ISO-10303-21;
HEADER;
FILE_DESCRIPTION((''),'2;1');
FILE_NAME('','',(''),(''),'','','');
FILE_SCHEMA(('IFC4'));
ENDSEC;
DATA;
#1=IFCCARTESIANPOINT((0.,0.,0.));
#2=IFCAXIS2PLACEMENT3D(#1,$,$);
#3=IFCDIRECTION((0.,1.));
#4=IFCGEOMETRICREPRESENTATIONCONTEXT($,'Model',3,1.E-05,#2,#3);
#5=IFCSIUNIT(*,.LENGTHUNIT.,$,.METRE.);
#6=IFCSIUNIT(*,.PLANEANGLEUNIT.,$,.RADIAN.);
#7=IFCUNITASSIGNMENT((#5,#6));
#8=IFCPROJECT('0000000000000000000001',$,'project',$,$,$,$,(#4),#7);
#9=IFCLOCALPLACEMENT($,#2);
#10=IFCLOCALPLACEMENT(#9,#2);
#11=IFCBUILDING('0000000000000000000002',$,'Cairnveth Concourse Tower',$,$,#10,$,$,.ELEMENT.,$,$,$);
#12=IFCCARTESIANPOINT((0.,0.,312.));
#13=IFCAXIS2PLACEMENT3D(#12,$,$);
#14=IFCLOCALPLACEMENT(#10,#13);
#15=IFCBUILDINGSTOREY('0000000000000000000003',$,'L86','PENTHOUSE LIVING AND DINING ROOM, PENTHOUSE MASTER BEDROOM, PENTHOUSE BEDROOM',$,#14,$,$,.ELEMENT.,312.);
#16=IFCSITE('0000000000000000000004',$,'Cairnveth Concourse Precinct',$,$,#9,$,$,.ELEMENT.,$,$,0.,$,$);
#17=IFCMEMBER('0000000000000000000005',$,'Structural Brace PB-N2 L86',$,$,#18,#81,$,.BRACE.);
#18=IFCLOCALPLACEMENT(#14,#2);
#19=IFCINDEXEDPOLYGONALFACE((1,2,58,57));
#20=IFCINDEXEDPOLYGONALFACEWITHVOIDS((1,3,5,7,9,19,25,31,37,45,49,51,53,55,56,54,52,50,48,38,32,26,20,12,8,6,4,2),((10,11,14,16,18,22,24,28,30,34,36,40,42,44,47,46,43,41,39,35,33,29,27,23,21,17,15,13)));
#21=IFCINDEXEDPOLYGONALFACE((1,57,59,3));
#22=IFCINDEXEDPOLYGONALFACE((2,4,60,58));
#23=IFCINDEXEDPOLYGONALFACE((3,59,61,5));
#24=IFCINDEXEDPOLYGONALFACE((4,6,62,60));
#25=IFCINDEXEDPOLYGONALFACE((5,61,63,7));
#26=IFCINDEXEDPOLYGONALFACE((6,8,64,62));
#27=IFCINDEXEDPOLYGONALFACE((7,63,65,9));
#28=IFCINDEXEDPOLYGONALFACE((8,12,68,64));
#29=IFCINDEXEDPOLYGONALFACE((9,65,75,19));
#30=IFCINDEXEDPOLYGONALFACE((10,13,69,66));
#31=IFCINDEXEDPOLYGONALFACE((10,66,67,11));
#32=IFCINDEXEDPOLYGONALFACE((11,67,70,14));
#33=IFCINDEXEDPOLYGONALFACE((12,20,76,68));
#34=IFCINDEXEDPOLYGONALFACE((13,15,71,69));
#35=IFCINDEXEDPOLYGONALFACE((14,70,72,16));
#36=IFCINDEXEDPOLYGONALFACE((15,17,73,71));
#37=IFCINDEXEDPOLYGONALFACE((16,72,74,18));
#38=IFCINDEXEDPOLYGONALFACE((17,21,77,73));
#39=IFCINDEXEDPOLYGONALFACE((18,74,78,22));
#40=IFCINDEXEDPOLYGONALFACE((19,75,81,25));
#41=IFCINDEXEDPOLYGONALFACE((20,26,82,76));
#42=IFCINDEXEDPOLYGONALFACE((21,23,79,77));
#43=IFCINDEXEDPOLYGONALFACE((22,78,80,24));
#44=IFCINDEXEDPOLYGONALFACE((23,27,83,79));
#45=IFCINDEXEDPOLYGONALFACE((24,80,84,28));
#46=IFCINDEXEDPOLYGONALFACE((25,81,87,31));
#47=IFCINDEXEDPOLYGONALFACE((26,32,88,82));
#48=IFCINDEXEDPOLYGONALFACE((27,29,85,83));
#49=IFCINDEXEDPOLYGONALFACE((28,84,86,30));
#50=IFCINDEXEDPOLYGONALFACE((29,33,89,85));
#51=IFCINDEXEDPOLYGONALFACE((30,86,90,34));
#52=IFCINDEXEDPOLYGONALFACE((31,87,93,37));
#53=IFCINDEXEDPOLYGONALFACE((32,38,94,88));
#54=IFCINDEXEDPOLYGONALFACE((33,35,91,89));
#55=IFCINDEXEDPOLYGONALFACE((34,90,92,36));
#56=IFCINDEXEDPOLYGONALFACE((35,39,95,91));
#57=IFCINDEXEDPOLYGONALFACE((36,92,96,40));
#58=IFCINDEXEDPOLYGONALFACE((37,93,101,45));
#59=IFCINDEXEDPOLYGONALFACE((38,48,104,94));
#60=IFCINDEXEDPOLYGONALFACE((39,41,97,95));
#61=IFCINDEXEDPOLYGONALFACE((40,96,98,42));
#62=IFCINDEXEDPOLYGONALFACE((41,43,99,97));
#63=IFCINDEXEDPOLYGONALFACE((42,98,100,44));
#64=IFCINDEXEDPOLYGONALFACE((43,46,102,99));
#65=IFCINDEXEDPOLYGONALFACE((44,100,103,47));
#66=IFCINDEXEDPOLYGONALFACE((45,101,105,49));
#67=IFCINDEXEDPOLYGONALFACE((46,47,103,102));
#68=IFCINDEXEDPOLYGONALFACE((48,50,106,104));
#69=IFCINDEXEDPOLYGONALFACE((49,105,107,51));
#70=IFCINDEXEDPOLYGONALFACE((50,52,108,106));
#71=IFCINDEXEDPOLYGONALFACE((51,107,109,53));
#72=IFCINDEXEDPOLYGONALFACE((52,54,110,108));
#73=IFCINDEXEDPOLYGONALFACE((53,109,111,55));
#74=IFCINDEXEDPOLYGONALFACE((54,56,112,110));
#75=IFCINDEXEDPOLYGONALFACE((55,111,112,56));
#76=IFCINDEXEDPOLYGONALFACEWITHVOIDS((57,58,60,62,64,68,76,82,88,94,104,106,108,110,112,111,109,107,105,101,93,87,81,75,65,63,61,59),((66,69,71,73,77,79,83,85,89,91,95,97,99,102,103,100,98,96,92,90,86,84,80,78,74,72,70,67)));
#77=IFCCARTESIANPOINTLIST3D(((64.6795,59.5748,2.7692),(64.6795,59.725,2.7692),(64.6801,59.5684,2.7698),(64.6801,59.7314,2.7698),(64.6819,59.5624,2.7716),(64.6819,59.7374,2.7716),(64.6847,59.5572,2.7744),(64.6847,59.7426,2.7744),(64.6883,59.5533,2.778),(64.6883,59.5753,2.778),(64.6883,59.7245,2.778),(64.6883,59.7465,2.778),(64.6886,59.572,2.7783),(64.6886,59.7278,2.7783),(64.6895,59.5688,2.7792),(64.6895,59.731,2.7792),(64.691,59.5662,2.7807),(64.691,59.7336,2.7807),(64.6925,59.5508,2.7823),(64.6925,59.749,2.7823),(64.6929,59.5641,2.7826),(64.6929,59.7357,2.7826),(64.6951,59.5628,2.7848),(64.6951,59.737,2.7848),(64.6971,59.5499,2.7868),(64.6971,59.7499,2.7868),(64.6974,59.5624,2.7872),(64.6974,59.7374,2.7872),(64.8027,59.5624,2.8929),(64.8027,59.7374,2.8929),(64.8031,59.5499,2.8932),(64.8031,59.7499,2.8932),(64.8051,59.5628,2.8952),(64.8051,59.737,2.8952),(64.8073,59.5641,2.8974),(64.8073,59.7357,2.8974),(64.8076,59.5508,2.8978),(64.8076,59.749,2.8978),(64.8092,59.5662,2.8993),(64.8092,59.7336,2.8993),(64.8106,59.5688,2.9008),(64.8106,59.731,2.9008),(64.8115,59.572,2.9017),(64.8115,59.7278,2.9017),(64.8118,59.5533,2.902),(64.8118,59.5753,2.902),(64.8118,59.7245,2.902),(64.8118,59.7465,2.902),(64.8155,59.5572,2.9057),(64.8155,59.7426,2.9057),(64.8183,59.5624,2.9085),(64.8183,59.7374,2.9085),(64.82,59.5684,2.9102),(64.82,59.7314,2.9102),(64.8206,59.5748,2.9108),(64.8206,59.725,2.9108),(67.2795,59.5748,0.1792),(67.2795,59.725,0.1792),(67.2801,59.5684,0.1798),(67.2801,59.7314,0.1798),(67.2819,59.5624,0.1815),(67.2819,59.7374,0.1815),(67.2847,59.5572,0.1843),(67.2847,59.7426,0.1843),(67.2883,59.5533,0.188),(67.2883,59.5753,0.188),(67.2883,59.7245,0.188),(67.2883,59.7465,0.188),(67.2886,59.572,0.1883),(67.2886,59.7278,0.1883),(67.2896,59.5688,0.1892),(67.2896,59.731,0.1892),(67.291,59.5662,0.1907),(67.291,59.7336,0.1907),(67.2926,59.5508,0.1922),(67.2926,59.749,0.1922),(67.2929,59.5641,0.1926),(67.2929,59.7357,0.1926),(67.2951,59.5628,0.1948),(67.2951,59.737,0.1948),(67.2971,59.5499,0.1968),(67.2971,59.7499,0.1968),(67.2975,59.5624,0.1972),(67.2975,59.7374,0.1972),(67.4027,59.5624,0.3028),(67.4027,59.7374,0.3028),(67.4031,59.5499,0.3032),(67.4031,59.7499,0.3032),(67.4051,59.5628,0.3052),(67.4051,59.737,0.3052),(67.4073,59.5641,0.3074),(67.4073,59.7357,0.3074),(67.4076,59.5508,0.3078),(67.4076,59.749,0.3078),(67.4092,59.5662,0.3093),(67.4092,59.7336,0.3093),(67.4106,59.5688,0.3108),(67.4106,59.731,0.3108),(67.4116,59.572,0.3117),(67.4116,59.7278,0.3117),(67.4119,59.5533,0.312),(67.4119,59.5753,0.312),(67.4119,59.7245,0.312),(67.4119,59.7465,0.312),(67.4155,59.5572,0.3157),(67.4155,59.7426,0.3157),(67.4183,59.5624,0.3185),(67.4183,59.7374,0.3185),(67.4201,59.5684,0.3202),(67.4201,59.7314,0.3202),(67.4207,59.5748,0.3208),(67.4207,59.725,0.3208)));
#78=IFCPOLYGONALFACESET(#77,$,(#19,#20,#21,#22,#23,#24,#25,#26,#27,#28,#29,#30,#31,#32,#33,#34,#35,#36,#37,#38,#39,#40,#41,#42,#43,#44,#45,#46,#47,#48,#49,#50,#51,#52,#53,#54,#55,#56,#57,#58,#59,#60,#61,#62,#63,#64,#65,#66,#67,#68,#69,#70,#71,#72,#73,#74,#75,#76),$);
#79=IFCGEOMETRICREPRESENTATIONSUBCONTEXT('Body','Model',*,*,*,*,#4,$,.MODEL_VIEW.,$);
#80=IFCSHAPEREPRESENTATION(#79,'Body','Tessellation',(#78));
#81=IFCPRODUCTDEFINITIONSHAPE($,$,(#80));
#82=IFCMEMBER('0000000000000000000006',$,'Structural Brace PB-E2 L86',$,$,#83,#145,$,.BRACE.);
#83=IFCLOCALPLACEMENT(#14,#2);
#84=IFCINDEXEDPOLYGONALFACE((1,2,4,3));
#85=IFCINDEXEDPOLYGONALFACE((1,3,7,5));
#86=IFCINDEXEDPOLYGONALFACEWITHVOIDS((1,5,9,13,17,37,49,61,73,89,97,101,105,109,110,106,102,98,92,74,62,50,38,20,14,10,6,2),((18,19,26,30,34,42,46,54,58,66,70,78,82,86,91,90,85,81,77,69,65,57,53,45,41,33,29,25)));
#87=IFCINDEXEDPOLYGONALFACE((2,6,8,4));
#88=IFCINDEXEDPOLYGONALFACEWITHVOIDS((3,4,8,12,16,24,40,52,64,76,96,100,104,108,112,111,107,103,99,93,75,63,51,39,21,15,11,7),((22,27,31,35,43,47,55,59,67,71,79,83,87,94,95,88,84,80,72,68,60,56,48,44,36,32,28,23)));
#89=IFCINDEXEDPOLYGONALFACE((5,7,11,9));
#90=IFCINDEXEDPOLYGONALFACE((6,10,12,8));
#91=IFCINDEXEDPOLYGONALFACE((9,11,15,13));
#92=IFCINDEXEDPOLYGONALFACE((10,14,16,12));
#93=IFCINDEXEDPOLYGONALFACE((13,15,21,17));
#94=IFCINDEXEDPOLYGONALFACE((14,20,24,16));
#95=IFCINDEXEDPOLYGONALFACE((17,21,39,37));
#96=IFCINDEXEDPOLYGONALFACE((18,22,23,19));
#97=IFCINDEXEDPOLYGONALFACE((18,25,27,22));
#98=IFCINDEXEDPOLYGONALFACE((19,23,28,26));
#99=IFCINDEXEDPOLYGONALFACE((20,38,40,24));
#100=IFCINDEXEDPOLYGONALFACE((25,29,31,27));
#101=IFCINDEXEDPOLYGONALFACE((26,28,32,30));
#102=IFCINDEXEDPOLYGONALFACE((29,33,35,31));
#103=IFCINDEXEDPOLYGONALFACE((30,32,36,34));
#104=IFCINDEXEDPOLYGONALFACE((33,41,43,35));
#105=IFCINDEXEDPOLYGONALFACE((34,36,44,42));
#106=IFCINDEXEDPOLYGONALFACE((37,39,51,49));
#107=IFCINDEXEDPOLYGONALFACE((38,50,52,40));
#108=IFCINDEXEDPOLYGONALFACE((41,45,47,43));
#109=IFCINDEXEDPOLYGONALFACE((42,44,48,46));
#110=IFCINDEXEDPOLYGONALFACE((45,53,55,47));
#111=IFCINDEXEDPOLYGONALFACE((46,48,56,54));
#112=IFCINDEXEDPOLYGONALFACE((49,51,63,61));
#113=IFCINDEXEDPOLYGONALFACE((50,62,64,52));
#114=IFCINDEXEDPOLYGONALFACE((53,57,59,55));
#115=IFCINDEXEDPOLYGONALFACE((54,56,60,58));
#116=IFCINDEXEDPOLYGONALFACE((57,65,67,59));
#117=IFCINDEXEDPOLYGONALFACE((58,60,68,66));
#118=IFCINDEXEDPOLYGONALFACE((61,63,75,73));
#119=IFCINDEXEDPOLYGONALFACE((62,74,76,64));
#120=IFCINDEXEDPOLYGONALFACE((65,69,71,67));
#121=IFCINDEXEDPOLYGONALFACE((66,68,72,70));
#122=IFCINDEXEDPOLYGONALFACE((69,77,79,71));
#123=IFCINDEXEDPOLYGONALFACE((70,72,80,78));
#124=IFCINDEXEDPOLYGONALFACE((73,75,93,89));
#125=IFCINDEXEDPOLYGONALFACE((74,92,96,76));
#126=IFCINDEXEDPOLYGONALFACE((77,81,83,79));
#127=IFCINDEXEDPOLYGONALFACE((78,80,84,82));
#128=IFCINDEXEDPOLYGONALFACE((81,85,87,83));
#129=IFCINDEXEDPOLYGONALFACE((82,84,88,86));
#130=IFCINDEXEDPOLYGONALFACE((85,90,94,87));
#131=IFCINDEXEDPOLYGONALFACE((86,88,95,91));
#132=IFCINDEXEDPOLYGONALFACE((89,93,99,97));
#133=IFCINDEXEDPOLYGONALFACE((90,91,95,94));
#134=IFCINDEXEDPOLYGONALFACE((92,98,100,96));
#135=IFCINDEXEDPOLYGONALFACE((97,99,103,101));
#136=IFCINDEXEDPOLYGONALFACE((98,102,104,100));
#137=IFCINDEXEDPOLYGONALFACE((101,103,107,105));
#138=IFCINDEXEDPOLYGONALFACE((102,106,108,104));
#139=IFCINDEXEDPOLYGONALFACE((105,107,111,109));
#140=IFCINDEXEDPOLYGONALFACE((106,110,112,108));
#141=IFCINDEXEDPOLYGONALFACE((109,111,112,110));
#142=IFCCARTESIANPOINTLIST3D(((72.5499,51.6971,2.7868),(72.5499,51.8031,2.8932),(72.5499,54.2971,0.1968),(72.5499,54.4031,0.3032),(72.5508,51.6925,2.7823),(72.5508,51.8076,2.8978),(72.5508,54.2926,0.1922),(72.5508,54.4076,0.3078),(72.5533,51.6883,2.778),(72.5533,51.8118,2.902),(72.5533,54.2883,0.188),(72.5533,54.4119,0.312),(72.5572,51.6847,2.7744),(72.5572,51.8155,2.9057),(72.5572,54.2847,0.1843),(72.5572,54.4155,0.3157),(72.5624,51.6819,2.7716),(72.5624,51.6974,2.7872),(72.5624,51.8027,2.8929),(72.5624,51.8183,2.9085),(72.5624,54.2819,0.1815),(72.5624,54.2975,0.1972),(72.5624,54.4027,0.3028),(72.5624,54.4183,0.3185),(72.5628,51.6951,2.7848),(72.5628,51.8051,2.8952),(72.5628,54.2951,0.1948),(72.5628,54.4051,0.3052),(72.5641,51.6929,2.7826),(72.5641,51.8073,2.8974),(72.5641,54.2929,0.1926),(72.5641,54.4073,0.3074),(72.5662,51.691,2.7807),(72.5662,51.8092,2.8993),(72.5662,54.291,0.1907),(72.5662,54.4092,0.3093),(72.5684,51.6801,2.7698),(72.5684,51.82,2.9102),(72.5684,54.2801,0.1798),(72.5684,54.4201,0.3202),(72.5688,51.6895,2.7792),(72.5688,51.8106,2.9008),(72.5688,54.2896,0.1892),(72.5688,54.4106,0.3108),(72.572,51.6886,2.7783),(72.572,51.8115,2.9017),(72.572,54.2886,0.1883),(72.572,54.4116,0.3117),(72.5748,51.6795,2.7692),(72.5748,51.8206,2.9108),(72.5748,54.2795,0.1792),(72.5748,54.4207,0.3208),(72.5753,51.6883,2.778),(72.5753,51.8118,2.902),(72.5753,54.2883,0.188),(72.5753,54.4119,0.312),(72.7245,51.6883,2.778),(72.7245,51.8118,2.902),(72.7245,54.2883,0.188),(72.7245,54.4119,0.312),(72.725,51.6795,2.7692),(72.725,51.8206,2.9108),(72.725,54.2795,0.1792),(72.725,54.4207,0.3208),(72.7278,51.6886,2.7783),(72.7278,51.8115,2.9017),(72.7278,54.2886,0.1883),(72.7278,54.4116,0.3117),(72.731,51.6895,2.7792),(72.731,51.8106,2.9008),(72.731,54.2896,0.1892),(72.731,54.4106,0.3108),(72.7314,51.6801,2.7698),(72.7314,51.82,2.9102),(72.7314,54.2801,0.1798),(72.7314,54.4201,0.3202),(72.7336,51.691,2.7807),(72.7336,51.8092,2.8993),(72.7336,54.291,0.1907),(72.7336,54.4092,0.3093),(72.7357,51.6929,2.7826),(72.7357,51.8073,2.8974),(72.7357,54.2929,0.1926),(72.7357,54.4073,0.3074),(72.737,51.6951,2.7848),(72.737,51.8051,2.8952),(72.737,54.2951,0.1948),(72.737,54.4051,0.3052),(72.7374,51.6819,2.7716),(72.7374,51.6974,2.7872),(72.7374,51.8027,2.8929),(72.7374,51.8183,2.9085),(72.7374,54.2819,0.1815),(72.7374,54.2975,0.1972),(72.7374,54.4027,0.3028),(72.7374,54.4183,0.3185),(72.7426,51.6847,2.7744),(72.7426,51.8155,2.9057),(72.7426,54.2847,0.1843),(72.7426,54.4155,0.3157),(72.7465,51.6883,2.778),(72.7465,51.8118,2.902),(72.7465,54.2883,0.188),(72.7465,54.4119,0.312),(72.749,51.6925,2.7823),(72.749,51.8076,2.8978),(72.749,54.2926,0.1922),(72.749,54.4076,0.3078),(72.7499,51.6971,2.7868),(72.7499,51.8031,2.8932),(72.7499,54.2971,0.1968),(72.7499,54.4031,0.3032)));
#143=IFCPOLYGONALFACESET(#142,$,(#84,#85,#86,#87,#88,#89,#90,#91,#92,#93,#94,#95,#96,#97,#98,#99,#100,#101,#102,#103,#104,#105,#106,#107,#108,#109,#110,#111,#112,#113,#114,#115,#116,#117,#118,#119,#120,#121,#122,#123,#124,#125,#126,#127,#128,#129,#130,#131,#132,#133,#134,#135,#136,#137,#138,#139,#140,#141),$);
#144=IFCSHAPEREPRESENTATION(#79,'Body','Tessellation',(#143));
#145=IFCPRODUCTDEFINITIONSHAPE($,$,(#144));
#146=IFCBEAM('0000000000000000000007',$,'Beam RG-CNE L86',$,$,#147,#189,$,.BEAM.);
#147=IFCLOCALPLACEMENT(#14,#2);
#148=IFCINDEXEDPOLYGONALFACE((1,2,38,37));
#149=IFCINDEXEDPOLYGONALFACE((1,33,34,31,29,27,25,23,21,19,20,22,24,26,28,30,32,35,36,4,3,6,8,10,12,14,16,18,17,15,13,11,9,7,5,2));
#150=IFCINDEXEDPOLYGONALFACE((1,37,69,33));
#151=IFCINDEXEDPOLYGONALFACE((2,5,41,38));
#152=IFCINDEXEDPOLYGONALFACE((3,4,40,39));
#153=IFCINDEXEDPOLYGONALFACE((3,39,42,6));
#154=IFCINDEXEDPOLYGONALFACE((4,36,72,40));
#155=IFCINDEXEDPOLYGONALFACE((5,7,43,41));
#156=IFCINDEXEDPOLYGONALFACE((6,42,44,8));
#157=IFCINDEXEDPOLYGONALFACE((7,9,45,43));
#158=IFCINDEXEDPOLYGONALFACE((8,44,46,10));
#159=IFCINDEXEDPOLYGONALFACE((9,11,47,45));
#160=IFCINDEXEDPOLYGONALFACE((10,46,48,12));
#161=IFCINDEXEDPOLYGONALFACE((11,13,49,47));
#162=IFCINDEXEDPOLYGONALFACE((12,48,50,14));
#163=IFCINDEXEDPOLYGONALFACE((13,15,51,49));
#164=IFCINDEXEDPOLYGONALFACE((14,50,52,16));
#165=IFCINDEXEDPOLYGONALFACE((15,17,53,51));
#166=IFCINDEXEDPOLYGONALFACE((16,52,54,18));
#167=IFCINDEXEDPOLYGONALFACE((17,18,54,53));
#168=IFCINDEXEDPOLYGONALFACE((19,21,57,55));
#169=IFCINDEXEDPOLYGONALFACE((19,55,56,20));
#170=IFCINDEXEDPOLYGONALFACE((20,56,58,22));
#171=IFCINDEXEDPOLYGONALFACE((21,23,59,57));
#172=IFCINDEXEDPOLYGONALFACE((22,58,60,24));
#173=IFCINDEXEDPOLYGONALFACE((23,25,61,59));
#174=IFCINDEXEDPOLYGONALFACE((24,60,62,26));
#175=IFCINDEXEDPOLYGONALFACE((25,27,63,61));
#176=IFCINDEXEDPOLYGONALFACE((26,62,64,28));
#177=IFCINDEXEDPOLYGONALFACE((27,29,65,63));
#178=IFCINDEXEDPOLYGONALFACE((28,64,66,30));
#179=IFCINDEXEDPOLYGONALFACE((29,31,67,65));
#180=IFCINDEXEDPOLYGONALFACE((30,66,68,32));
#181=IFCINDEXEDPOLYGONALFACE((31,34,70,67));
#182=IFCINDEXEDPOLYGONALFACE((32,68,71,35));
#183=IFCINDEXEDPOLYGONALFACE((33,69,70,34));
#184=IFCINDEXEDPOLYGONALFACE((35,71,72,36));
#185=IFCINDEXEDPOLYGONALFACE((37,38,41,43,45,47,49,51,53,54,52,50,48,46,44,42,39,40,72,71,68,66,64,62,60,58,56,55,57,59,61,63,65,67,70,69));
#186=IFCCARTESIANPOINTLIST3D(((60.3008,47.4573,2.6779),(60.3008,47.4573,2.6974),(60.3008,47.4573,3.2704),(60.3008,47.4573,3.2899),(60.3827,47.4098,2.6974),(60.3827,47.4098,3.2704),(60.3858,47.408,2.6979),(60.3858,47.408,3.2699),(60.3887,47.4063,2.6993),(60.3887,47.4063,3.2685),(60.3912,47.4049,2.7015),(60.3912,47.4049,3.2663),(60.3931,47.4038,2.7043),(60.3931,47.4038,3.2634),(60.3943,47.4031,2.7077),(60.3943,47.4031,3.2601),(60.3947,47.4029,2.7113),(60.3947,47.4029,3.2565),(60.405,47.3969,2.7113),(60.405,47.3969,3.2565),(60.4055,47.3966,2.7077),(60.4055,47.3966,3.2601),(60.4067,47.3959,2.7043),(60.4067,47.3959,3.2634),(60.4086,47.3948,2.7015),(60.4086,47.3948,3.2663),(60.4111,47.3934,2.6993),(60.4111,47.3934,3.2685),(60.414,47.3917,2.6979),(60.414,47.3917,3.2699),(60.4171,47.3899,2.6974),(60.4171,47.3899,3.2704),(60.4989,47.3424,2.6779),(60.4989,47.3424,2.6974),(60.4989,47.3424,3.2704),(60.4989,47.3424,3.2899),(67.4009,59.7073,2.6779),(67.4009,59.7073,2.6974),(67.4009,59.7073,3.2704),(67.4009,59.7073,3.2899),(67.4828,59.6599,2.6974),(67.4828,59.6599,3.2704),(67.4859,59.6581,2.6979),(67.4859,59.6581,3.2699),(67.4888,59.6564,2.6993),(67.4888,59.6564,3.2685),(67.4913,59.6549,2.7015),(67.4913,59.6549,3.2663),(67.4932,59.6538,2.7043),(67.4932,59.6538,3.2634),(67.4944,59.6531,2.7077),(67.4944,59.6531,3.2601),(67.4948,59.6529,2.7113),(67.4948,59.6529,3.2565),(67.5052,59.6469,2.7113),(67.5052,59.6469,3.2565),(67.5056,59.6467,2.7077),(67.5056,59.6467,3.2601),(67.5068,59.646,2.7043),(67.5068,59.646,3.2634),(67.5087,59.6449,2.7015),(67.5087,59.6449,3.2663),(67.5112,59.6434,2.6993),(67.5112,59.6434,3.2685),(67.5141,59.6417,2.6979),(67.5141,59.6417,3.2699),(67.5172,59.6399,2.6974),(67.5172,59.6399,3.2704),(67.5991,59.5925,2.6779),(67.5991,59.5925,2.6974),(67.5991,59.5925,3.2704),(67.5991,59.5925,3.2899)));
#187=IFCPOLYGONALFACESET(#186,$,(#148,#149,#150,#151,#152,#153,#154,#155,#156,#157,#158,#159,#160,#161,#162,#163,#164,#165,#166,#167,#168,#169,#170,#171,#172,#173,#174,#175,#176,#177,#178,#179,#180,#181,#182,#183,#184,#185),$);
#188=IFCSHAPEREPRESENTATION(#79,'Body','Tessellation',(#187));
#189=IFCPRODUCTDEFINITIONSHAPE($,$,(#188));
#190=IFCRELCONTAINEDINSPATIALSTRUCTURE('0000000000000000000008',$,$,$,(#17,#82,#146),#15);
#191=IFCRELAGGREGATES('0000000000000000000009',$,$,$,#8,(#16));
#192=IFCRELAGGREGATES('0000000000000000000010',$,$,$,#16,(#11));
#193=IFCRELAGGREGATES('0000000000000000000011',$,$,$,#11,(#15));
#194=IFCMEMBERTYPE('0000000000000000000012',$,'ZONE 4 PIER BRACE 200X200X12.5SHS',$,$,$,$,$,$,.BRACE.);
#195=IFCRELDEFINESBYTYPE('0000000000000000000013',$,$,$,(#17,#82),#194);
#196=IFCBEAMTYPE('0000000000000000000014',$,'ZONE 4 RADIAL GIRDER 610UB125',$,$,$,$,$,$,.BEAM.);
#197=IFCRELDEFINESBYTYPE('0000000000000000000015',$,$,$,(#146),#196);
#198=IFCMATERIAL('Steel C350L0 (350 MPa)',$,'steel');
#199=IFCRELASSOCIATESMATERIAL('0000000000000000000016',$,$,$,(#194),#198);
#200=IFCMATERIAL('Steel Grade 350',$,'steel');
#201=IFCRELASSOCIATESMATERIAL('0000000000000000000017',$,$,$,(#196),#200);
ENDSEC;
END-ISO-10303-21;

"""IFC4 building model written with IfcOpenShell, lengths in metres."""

from ifc_helpers import new_model, si_unit, direction, frame, origin, origin_2d, place, context, subcontext, project, spatial, hollow_rectangle, i_section, extrude, material, material_profile, profile_set, type_object, element, save


model = new_model("IFC4")

# Units and contexts
model_context = context("Model", 3, precision=1e-05, world=origin(), true_north=direction((0.0, 1.0)))
body_context = subcontext(model_context, "Body", "Model", "MODEL_VIEW")
ifc_project = project(units=[si_unit("LENGTHUNIT", "METRE"), si_unit("PLANEANGLEUNIT", "RADIAN")], contexts=[model_context])

# Site, building, storey
site_placement = place(None, origin())
site = spatial("IfcSite", under=ifc_project, at=site_placement, Name="Cairnveth Concourse Precinct", CompositionType="ELEMENT", RefElevation=0.0)
building_placement = place(site_placement, origin())
building = spatial("IfcBuilding", under=site, at=building_placement, Name="Cairnveth Concourse Tower", CompositionType="ELEMENT")
storey_placement = place(building_placement, frame((0.0, 0.0, 312.0)))
storey = spatial("IfcBuildingStorey", under=building, at=storey_placement, Name="L86", Description="PENTHOUSE LIVING AND DINING ROOM, PENTHOUSE MASTER BEDROOM, PENTHOUSE BEDROOM", CompositionType="ELEMENT", Elevation=312.0)

# Shared definitions
ifc_material_1 = material(Name="Steel Grade 350", Category="steel")

# Members
ifc_material_2 = material(Name="Steel C350L0 (350 MPa)", Category="steel")
ifc_material_profile_1 = material_profile(ifc_material_2, hollow_rectangle(XDim=0.2, YDim=0.2, WallThickness=0.0125, InnerFilletRadius=0.0129, OuterFilletRadius=0.0249, at=origin_2d()), Name="200x200x12.5SHS")
ifc_profile_set_1 = profile_set([ifc_material_profile_1], Name="Steel C350L0 (350 MPa)")
member_type = type_object("IfcMemberType", Name="ZONE 4 PIER BRACE 200X200X12.5SHS", PredefinedType="BRACE", material=ifc_profile_set_1)
for number, where, z_axis, x_axis, name in (
    (1, (67.3501, 59.6499, 0.25), (-0.708469, 0.0, 0.705742), (0.0, -1.0, 0.0), "Structural Brace PB-N2 L86"),
    (2, (72.6499, 54.3501, 0.25), (0.0, -0.708469, 0.705742), (1.0, 0.0, 0.0), "Structural Brace PB-E2 L86"),
):
    element("IfcMember", number, at=place(storey_placement, frame(where, z_axis=z_axis, x_axis=x_axis)), inside=storey, type_object=member_type, Name=name, PredefinedType="BRACE", context=body_context, shape_type="SweptSolid", body=[
        extrude(hollow_rectangle(XDim=0.2, YDim=0.2, WallThickness=0.0125, InnerFilletRadius=0.0129, OuterFilletRadius=0.0249, at=origin_2d()), origin(), (0.0, 0.0, 1.0), 3.6699),
    ])

# Beam
ifc_material_profile_2 = material_profile(ifc_material_1, i_section(OverallWidth=0.229, OverallDepth=0.6121, WebThickness=0.012, FlangeThickness=0.0195, FilletRadius=0.0139, at=origin_2d()), Name="610UB125")
ifc_profile_set_2 = profile_set([ifc_material_profile_2], Name="Steel Grade 350")
beam_type_1 = type_object("IfcBeamType", Name="ZONE 4 RADIAL GIRDER 610UB125", PredefinedType="BEAM", material=ifc_profile_set_2)
beam_1_placement = place(storey_placement, frame((67.5, 59.6499, 2.9839), z_axis=(-0.501459, -0.865181, 0.0), x_axis=(0.865181, -0.501459, 0.0)))
element("IfcBeam", 3, at=beam_1_placement, inside=storey, type_object=beam_type_1, Name="Beam RG-CNE L86", PredefinedType="BEAM", context=body_context, shape_type="SweptSolid", body=[
    extrude(i_section(OverallWidth=0.229, OverallDepth=0.6121, WebThickness=0.012, FlangeThickness=0.0195, FilletRadius=0.0139, at=origin_2d()), origin(), (0.0, 0.0, 1.0), 14.1589),
])

save(model, "model.ifc")
